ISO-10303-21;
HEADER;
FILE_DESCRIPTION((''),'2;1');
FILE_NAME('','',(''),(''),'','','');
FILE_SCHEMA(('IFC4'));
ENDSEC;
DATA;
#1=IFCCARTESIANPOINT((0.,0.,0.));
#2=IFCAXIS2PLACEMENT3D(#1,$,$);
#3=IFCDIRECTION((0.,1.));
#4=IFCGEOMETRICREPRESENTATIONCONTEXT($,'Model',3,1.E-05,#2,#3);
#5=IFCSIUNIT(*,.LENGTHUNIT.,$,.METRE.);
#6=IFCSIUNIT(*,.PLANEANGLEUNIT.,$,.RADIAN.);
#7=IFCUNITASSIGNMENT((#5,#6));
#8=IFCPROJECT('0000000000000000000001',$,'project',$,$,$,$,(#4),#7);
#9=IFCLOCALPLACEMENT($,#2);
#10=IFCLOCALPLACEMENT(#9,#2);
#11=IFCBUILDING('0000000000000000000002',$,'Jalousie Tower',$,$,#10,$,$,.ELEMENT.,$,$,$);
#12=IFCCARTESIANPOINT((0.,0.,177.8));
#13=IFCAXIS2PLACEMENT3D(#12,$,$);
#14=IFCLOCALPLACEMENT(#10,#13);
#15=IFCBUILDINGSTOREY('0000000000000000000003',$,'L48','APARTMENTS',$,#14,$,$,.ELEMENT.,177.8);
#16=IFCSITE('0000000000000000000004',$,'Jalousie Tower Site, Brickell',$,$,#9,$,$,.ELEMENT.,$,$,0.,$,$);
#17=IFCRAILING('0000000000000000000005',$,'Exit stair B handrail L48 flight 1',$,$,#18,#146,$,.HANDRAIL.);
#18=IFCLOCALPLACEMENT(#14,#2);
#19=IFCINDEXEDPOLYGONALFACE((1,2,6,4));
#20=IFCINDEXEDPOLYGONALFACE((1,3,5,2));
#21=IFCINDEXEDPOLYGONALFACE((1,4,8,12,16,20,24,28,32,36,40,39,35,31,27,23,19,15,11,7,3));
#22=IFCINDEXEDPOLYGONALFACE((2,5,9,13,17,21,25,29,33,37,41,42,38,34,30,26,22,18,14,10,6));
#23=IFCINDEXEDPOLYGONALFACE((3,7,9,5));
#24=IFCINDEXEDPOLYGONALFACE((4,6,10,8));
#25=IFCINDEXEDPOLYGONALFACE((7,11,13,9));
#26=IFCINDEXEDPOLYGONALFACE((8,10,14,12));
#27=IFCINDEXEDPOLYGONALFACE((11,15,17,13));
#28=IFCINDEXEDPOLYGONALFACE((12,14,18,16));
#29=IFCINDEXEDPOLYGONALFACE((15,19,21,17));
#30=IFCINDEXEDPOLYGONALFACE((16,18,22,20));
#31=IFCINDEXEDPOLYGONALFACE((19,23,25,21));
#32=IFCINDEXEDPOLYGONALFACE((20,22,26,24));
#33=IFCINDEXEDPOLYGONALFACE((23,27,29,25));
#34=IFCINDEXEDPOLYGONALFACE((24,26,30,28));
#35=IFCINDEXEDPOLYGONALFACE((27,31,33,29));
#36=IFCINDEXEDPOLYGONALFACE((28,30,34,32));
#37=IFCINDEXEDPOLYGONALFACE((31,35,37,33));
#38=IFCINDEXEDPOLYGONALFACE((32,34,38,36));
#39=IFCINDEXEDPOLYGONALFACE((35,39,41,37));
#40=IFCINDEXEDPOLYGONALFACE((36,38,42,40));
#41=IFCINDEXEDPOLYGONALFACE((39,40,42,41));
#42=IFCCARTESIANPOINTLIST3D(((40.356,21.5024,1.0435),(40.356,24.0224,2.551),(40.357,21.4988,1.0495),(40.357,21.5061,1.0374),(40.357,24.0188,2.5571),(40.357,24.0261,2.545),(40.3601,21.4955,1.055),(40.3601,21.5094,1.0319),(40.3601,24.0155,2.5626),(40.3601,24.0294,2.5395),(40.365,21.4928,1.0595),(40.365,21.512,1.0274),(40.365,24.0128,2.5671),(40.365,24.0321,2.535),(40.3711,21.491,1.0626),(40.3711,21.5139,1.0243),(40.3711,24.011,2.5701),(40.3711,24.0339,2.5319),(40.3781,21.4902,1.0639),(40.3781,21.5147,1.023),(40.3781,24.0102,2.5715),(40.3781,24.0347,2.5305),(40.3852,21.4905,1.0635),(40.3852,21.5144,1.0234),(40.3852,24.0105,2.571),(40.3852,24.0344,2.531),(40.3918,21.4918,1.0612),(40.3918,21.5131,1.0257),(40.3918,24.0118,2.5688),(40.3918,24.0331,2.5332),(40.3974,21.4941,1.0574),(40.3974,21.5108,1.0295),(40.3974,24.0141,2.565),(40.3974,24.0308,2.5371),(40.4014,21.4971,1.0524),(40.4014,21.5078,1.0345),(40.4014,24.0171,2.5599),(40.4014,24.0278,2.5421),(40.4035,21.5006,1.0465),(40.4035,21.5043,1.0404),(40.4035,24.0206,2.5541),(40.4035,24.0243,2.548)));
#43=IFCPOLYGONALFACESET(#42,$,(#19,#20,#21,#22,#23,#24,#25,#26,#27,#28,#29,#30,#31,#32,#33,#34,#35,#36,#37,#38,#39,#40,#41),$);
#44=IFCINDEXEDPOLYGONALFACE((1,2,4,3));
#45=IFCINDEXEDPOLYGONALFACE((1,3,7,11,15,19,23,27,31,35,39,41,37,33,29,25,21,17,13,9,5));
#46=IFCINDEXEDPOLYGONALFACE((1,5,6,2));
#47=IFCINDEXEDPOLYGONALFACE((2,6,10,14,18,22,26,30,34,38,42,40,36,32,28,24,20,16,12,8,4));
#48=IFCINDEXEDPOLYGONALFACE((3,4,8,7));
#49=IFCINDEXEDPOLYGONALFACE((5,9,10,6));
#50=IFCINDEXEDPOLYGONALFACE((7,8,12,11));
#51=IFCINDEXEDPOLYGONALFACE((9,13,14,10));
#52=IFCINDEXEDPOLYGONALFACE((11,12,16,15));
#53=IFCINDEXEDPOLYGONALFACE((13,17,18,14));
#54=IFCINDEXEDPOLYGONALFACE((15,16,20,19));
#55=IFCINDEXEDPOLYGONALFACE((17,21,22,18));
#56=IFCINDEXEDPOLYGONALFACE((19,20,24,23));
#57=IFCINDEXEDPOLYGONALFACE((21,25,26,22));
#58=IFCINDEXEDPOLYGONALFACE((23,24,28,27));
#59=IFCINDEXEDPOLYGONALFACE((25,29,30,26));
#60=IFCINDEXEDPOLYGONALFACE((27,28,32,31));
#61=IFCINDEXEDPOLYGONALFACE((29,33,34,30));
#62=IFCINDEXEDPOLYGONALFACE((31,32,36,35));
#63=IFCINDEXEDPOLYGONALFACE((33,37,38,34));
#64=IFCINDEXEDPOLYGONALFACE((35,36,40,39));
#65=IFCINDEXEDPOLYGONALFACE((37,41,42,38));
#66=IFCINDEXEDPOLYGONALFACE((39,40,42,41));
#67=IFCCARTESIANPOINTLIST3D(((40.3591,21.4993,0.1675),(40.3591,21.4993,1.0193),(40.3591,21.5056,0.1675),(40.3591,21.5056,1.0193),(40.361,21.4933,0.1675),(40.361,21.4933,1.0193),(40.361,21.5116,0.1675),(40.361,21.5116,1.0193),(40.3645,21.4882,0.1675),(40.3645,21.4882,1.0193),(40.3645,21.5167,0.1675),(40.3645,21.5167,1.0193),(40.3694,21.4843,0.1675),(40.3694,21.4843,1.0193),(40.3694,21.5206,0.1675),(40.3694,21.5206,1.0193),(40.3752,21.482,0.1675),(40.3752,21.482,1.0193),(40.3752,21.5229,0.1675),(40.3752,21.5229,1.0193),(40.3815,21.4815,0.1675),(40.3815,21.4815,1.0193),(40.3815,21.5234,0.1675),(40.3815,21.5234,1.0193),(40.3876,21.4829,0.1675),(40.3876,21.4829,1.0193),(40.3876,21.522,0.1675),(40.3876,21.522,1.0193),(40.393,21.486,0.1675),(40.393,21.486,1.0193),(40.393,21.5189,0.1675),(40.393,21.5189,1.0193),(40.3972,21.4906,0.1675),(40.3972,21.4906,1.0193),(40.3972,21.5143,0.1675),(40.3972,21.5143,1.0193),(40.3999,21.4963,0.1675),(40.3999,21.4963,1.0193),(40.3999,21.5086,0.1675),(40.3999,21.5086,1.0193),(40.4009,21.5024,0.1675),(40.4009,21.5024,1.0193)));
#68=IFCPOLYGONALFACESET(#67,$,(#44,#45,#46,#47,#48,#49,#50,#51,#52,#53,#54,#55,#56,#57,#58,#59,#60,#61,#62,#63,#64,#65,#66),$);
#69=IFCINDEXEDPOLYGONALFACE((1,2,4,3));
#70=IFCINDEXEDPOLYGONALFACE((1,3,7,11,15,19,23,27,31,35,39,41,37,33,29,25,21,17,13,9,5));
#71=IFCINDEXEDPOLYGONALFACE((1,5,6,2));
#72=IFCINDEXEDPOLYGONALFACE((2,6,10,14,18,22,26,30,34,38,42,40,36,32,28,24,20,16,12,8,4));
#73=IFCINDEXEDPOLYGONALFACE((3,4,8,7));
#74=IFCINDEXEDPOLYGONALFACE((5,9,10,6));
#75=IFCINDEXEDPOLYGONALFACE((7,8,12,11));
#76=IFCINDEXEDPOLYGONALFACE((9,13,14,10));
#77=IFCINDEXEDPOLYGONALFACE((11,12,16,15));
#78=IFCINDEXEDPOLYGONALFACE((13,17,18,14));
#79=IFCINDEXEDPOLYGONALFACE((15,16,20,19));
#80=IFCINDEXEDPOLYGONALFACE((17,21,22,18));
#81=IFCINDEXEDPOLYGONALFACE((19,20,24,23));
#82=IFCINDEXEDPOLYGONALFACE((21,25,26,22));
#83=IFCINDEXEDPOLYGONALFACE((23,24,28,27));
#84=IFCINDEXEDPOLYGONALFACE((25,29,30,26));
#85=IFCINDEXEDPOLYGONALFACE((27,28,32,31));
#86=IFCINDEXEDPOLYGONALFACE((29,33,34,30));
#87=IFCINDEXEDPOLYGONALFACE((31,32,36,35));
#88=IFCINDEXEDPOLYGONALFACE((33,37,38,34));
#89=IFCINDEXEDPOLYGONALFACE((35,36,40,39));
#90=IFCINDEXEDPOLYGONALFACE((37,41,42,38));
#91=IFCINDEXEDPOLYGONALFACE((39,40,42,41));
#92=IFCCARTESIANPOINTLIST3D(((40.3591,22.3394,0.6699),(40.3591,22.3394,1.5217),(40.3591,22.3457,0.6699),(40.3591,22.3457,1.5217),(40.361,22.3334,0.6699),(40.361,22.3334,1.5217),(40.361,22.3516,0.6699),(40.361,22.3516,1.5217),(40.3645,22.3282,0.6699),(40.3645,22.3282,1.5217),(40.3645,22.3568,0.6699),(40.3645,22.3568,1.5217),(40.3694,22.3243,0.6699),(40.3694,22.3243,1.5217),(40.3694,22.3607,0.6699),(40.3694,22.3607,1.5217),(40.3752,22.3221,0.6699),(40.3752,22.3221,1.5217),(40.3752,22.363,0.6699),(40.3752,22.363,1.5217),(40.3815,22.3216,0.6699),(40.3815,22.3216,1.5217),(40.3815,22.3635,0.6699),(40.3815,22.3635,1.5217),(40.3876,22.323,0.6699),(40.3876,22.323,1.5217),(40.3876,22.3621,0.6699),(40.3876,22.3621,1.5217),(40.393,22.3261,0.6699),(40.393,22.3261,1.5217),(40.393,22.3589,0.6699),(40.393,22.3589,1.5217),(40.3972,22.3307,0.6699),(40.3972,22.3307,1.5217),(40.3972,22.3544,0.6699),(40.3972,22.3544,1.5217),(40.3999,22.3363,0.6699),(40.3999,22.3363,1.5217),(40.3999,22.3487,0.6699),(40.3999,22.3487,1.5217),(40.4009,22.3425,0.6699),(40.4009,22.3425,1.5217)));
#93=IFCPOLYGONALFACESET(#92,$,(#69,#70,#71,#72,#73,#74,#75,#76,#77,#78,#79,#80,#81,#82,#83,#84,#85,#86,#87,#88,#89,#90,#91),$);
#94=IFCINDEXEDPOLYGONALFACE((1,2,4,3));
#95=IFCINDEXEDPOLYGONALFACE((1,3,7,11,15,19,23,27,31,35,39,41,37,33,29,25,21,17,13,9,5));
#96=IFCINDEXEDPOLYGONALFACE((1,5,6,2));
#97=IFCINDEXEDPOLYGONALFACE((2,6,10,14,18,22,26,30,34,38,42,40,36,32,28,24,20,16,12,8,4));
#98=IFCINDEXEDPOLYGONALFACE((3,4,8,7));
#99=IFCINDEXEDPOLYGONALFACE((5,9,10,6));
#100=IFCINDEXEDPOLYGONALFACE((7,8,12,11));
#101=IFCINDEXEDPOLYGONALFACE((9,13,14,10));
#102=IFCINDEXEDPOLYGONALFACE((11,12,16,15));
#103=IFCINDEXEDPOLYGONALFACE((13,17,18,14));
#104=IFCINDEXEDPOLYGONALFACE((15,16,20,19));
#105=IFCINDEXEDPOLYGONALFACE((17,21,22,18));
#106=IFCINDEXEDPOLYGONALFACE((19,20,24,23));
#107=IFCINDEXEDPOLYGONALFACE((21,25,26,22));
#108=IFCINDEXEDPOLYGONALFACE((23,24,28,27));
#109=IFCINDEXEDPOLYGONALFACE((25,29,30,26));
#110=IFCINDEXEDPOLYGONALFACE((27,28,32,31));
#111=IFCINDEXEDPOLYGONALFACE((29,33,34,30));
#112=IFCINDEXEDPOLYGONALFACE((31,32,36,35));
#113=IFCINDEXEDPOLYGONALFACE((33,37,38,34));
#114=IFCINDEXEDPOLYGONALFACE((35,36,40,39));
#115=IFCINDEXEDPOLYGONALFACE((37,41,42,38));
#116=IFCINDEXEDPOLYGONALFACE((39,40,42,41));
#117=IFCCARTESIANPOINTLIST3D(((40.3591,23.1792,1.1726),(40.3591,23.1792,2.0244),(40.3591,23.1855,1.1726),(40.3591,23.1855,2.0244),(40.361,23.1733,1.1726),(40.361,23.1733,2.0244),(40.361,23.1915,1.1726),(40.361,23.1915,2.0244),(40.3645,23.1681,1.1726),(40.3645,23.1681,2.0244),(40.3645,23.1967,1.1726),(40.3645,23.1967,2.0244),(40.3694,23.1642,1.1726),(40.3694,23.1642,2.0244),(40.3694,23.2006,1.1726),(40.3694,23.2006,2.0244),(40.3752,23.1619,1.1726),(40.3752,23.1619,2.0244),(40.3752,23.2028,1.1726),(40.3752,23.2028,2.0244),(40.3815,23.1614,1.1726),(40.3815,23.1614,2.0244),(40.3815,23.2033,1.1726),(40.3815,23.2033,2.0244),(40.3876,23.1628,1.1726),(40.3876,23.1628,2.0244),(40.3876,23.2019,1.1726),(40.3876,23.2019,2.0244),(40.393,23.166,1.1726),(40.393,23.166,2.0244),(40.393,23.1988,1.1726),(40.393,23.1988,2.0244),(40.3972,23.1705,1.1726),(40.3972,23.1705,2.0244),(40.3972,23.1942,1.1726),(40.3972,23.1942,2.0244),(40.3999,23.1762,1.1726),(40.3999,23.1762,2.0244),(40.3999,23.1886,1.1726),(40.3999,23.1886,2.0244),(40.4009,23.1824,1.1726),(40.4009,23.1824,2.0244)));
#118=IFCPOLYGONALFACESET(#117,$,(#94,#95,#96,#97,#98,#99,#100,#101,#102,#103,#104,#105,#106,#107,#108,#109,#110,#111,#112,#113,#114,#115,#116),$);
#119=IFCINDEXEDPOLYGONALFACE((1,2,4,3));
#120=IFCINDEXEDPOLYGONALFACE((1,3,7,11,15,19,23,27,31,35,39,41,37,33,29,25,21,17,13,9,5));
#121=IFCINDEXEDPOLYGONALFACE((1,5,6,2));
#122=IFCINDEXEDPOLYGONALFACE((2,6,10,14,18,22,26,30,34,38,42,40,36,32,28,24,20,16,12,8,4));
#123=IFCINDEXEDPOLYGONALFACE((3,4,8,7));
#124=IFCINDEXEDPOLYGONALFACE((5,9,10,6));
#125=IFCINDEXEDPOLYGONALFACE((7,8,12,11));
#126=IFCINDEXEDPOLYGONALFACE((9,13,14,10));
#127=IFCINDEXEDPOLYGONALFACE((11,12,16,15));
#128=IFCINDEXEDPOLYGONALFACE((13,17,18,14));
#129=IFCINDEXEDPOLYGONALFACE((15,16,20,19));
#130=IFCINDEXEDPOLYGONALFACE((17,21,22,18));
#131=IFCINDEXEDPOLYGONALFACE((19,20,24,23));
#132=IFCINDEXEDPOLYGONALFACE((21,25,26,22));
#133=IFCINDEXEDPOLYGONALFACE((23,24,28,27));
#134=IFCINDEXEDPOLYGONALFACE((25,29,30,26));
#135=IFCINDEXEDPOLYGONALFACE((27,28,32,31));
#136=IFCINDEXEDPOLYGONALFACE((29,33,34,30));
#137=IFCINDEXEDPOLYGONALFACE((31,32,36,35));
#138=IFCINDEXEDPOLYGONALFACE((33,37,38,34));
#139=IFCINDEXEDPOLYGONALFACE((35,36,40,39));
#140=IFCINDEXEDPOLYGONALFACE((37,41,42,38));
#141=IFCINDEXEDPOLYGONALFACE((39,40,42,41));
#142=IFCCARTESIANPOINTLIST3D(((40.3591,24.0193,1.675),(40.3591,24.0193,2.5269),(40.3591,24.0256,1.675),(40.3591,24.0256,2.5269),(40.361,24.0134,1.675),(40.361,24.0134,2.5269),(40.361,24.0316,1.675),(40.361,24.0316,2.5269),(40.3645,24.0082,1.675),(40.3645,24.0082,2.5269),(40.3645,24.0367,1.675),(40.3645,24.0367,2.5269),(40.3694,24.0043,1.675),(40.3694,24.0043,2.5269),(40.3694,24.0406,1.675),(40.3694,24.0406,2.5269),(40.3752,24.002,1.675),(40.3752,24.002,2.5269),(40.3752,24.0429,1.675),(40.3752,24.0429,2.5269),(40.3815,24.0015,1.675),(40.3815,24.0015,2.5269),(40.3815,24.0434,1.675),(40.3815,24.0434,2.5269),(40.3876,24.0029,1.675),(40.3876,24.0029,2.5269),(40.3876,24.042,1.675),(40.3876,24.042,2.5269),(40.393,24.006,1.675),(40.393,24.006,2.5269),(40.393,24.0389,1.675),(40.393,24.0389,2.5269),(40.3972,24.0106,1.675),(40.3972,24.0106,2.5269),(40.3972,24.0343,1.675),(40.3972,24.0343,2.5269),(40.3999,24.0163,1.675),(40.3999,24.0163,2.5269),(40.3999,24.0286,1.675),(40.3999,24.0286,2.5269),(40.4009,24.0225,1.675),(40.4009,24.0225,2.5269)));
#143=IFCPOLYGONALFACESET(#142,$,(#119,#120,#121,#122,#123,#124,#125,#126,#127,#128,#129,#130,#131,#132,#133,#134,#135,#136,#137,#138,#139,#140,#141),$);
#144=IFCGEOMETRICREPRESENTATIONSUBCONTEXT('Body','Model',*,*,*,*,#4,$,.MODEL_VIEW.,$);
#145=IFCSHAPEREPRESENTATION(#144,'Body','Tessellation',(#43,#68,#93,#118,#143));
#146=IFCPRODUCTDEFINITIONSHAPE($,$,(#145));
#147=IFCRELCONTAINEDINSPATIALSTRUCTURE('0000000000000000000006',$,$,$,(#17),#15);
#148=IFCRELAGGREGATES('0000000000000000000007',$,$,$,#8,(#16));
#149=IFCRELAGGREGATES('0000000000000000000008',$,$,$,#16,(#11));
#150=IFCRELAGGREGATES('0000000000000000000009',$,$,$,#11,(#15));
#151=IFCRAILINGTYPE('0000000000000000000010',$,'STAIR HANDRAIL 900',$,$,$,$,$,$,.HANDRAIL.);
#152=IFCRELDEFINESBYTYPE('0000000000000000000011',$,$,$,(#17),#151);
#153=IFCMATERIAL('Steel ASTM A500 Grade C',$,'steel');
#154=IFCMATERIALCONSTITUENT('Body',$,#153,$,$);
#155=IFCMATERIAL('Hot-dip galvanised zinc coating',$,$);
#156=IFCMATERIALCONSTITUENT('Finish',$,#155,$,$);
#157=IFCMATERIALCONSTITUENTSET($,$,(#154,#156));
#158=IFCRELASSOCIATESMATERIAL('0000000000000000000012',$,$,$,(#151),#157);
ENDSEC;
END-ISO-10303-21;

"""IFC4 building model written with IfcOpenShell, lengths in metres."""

from ifc_helpers import new_model, si_unit, direction, frame, origin, origin_2d, place, context, subcontext, project, spatial, circle, extrude, material, constituent, constituent_set, type_object, element, save


model = new_model("IFC4")

# Units and contexts
model_context = context("Model", 3, precision=1e-05, world=origin(), true_north=direction((0.0, 1.0)))
body_context = subcontext(model_context, "Body", "Model", "MODEL_VIEW")
ifc_project = project(units=[si_unit("LENGTHUNIT", "METRE"), si_unit("PLANEANGLEUNIT", "RADIAN")], contexts=[model_context])

# Site, building, storey
site_placement = place(None, origin())
site = spatial("IfcSite", under=ifc_project, at=site_placement, Name="Jalousie Tower Site, Brickell", CompositionType="ELEMENT", RefElevation=0.0)
building_placement = place(site_placement, origin())
building = spatial("IfcBuilding", under=site, at=building_placement, Name="Jalousie Tower", CompositionType="ELEMENT")
storey_placement = place(building_placement, frame((0.0, 0.0, 177.8)))
storey = spatial("IfcBuildingStorey", under=building, at=storey_placement, Name="L48", Description="APARTMENTS", CompositionType="ELEMENT", Elevation=177.8)

# Railing
ifc_material_1 = material(Name="Steel ASTM A500 Grade C", Category="steel")
ifc_constituent_1 = constituent(ifc_material_1, Name="Body")
ifc_material_2 = material(Name="Hot-dip galvanised zinc coating")
ifc_constituent_2 = constituent(ifc_material_2, Name="Finish")
ifc_constituent_set_1 = constituent_set(constituents=[ifc_constituent_1, ifc_constituent_2])
railing_type_1 = type_object("IfcRailingType", Name="STAIR HANDRAIL 900", PredefinedType="HANDRAIL", material=ifc_constituent_set_1)
railing_1_placement = place(storey_placement, frame((40.3799, 21.5024, 0.1675)))
element("IfcRailing", 1, at=railing_1_placement, inside=storey, type_object=railing_type_1, Name="Exit stair B handrail L48 flight 1", PredefinedType="HANDRAIL", context=body_context, shape_type="SweptSolid", body=[
    extrude(circle(Radius=0.0239, at=origin_2d()), frame((0.0, 0.0, 0.876), z_axis=(0.0, 0.85816, 0.513383), x_axis=(-1.0, 0.0, 0.0)), (0.0, 0.0, 1.0), 2.9365),
    extrude(circle(Radius=0.021, at=origin_2d()), origin(), (0.0, 0.0, 1.0), 0.8518),
    extrude(circle(Radius=0.021, at=origin_2d()), frame((0.0, 0.8401, 0.5024)), (0.0, 0.0, 1.0), 0.8518),
    extrude(circle(Radius=0.021, at=origin_2d()), frame((0.0, 1.6799, 1.0051)), (0.0, 0.0, 1.0), 0.8518),
    extrude(circle(Radius=0.021, at=origin_2d()), frame((0.0, 2.52, 1.5076)), (0.0, 0.0, 1.0), 0.8518),
])

save(model, "model.ifc")
